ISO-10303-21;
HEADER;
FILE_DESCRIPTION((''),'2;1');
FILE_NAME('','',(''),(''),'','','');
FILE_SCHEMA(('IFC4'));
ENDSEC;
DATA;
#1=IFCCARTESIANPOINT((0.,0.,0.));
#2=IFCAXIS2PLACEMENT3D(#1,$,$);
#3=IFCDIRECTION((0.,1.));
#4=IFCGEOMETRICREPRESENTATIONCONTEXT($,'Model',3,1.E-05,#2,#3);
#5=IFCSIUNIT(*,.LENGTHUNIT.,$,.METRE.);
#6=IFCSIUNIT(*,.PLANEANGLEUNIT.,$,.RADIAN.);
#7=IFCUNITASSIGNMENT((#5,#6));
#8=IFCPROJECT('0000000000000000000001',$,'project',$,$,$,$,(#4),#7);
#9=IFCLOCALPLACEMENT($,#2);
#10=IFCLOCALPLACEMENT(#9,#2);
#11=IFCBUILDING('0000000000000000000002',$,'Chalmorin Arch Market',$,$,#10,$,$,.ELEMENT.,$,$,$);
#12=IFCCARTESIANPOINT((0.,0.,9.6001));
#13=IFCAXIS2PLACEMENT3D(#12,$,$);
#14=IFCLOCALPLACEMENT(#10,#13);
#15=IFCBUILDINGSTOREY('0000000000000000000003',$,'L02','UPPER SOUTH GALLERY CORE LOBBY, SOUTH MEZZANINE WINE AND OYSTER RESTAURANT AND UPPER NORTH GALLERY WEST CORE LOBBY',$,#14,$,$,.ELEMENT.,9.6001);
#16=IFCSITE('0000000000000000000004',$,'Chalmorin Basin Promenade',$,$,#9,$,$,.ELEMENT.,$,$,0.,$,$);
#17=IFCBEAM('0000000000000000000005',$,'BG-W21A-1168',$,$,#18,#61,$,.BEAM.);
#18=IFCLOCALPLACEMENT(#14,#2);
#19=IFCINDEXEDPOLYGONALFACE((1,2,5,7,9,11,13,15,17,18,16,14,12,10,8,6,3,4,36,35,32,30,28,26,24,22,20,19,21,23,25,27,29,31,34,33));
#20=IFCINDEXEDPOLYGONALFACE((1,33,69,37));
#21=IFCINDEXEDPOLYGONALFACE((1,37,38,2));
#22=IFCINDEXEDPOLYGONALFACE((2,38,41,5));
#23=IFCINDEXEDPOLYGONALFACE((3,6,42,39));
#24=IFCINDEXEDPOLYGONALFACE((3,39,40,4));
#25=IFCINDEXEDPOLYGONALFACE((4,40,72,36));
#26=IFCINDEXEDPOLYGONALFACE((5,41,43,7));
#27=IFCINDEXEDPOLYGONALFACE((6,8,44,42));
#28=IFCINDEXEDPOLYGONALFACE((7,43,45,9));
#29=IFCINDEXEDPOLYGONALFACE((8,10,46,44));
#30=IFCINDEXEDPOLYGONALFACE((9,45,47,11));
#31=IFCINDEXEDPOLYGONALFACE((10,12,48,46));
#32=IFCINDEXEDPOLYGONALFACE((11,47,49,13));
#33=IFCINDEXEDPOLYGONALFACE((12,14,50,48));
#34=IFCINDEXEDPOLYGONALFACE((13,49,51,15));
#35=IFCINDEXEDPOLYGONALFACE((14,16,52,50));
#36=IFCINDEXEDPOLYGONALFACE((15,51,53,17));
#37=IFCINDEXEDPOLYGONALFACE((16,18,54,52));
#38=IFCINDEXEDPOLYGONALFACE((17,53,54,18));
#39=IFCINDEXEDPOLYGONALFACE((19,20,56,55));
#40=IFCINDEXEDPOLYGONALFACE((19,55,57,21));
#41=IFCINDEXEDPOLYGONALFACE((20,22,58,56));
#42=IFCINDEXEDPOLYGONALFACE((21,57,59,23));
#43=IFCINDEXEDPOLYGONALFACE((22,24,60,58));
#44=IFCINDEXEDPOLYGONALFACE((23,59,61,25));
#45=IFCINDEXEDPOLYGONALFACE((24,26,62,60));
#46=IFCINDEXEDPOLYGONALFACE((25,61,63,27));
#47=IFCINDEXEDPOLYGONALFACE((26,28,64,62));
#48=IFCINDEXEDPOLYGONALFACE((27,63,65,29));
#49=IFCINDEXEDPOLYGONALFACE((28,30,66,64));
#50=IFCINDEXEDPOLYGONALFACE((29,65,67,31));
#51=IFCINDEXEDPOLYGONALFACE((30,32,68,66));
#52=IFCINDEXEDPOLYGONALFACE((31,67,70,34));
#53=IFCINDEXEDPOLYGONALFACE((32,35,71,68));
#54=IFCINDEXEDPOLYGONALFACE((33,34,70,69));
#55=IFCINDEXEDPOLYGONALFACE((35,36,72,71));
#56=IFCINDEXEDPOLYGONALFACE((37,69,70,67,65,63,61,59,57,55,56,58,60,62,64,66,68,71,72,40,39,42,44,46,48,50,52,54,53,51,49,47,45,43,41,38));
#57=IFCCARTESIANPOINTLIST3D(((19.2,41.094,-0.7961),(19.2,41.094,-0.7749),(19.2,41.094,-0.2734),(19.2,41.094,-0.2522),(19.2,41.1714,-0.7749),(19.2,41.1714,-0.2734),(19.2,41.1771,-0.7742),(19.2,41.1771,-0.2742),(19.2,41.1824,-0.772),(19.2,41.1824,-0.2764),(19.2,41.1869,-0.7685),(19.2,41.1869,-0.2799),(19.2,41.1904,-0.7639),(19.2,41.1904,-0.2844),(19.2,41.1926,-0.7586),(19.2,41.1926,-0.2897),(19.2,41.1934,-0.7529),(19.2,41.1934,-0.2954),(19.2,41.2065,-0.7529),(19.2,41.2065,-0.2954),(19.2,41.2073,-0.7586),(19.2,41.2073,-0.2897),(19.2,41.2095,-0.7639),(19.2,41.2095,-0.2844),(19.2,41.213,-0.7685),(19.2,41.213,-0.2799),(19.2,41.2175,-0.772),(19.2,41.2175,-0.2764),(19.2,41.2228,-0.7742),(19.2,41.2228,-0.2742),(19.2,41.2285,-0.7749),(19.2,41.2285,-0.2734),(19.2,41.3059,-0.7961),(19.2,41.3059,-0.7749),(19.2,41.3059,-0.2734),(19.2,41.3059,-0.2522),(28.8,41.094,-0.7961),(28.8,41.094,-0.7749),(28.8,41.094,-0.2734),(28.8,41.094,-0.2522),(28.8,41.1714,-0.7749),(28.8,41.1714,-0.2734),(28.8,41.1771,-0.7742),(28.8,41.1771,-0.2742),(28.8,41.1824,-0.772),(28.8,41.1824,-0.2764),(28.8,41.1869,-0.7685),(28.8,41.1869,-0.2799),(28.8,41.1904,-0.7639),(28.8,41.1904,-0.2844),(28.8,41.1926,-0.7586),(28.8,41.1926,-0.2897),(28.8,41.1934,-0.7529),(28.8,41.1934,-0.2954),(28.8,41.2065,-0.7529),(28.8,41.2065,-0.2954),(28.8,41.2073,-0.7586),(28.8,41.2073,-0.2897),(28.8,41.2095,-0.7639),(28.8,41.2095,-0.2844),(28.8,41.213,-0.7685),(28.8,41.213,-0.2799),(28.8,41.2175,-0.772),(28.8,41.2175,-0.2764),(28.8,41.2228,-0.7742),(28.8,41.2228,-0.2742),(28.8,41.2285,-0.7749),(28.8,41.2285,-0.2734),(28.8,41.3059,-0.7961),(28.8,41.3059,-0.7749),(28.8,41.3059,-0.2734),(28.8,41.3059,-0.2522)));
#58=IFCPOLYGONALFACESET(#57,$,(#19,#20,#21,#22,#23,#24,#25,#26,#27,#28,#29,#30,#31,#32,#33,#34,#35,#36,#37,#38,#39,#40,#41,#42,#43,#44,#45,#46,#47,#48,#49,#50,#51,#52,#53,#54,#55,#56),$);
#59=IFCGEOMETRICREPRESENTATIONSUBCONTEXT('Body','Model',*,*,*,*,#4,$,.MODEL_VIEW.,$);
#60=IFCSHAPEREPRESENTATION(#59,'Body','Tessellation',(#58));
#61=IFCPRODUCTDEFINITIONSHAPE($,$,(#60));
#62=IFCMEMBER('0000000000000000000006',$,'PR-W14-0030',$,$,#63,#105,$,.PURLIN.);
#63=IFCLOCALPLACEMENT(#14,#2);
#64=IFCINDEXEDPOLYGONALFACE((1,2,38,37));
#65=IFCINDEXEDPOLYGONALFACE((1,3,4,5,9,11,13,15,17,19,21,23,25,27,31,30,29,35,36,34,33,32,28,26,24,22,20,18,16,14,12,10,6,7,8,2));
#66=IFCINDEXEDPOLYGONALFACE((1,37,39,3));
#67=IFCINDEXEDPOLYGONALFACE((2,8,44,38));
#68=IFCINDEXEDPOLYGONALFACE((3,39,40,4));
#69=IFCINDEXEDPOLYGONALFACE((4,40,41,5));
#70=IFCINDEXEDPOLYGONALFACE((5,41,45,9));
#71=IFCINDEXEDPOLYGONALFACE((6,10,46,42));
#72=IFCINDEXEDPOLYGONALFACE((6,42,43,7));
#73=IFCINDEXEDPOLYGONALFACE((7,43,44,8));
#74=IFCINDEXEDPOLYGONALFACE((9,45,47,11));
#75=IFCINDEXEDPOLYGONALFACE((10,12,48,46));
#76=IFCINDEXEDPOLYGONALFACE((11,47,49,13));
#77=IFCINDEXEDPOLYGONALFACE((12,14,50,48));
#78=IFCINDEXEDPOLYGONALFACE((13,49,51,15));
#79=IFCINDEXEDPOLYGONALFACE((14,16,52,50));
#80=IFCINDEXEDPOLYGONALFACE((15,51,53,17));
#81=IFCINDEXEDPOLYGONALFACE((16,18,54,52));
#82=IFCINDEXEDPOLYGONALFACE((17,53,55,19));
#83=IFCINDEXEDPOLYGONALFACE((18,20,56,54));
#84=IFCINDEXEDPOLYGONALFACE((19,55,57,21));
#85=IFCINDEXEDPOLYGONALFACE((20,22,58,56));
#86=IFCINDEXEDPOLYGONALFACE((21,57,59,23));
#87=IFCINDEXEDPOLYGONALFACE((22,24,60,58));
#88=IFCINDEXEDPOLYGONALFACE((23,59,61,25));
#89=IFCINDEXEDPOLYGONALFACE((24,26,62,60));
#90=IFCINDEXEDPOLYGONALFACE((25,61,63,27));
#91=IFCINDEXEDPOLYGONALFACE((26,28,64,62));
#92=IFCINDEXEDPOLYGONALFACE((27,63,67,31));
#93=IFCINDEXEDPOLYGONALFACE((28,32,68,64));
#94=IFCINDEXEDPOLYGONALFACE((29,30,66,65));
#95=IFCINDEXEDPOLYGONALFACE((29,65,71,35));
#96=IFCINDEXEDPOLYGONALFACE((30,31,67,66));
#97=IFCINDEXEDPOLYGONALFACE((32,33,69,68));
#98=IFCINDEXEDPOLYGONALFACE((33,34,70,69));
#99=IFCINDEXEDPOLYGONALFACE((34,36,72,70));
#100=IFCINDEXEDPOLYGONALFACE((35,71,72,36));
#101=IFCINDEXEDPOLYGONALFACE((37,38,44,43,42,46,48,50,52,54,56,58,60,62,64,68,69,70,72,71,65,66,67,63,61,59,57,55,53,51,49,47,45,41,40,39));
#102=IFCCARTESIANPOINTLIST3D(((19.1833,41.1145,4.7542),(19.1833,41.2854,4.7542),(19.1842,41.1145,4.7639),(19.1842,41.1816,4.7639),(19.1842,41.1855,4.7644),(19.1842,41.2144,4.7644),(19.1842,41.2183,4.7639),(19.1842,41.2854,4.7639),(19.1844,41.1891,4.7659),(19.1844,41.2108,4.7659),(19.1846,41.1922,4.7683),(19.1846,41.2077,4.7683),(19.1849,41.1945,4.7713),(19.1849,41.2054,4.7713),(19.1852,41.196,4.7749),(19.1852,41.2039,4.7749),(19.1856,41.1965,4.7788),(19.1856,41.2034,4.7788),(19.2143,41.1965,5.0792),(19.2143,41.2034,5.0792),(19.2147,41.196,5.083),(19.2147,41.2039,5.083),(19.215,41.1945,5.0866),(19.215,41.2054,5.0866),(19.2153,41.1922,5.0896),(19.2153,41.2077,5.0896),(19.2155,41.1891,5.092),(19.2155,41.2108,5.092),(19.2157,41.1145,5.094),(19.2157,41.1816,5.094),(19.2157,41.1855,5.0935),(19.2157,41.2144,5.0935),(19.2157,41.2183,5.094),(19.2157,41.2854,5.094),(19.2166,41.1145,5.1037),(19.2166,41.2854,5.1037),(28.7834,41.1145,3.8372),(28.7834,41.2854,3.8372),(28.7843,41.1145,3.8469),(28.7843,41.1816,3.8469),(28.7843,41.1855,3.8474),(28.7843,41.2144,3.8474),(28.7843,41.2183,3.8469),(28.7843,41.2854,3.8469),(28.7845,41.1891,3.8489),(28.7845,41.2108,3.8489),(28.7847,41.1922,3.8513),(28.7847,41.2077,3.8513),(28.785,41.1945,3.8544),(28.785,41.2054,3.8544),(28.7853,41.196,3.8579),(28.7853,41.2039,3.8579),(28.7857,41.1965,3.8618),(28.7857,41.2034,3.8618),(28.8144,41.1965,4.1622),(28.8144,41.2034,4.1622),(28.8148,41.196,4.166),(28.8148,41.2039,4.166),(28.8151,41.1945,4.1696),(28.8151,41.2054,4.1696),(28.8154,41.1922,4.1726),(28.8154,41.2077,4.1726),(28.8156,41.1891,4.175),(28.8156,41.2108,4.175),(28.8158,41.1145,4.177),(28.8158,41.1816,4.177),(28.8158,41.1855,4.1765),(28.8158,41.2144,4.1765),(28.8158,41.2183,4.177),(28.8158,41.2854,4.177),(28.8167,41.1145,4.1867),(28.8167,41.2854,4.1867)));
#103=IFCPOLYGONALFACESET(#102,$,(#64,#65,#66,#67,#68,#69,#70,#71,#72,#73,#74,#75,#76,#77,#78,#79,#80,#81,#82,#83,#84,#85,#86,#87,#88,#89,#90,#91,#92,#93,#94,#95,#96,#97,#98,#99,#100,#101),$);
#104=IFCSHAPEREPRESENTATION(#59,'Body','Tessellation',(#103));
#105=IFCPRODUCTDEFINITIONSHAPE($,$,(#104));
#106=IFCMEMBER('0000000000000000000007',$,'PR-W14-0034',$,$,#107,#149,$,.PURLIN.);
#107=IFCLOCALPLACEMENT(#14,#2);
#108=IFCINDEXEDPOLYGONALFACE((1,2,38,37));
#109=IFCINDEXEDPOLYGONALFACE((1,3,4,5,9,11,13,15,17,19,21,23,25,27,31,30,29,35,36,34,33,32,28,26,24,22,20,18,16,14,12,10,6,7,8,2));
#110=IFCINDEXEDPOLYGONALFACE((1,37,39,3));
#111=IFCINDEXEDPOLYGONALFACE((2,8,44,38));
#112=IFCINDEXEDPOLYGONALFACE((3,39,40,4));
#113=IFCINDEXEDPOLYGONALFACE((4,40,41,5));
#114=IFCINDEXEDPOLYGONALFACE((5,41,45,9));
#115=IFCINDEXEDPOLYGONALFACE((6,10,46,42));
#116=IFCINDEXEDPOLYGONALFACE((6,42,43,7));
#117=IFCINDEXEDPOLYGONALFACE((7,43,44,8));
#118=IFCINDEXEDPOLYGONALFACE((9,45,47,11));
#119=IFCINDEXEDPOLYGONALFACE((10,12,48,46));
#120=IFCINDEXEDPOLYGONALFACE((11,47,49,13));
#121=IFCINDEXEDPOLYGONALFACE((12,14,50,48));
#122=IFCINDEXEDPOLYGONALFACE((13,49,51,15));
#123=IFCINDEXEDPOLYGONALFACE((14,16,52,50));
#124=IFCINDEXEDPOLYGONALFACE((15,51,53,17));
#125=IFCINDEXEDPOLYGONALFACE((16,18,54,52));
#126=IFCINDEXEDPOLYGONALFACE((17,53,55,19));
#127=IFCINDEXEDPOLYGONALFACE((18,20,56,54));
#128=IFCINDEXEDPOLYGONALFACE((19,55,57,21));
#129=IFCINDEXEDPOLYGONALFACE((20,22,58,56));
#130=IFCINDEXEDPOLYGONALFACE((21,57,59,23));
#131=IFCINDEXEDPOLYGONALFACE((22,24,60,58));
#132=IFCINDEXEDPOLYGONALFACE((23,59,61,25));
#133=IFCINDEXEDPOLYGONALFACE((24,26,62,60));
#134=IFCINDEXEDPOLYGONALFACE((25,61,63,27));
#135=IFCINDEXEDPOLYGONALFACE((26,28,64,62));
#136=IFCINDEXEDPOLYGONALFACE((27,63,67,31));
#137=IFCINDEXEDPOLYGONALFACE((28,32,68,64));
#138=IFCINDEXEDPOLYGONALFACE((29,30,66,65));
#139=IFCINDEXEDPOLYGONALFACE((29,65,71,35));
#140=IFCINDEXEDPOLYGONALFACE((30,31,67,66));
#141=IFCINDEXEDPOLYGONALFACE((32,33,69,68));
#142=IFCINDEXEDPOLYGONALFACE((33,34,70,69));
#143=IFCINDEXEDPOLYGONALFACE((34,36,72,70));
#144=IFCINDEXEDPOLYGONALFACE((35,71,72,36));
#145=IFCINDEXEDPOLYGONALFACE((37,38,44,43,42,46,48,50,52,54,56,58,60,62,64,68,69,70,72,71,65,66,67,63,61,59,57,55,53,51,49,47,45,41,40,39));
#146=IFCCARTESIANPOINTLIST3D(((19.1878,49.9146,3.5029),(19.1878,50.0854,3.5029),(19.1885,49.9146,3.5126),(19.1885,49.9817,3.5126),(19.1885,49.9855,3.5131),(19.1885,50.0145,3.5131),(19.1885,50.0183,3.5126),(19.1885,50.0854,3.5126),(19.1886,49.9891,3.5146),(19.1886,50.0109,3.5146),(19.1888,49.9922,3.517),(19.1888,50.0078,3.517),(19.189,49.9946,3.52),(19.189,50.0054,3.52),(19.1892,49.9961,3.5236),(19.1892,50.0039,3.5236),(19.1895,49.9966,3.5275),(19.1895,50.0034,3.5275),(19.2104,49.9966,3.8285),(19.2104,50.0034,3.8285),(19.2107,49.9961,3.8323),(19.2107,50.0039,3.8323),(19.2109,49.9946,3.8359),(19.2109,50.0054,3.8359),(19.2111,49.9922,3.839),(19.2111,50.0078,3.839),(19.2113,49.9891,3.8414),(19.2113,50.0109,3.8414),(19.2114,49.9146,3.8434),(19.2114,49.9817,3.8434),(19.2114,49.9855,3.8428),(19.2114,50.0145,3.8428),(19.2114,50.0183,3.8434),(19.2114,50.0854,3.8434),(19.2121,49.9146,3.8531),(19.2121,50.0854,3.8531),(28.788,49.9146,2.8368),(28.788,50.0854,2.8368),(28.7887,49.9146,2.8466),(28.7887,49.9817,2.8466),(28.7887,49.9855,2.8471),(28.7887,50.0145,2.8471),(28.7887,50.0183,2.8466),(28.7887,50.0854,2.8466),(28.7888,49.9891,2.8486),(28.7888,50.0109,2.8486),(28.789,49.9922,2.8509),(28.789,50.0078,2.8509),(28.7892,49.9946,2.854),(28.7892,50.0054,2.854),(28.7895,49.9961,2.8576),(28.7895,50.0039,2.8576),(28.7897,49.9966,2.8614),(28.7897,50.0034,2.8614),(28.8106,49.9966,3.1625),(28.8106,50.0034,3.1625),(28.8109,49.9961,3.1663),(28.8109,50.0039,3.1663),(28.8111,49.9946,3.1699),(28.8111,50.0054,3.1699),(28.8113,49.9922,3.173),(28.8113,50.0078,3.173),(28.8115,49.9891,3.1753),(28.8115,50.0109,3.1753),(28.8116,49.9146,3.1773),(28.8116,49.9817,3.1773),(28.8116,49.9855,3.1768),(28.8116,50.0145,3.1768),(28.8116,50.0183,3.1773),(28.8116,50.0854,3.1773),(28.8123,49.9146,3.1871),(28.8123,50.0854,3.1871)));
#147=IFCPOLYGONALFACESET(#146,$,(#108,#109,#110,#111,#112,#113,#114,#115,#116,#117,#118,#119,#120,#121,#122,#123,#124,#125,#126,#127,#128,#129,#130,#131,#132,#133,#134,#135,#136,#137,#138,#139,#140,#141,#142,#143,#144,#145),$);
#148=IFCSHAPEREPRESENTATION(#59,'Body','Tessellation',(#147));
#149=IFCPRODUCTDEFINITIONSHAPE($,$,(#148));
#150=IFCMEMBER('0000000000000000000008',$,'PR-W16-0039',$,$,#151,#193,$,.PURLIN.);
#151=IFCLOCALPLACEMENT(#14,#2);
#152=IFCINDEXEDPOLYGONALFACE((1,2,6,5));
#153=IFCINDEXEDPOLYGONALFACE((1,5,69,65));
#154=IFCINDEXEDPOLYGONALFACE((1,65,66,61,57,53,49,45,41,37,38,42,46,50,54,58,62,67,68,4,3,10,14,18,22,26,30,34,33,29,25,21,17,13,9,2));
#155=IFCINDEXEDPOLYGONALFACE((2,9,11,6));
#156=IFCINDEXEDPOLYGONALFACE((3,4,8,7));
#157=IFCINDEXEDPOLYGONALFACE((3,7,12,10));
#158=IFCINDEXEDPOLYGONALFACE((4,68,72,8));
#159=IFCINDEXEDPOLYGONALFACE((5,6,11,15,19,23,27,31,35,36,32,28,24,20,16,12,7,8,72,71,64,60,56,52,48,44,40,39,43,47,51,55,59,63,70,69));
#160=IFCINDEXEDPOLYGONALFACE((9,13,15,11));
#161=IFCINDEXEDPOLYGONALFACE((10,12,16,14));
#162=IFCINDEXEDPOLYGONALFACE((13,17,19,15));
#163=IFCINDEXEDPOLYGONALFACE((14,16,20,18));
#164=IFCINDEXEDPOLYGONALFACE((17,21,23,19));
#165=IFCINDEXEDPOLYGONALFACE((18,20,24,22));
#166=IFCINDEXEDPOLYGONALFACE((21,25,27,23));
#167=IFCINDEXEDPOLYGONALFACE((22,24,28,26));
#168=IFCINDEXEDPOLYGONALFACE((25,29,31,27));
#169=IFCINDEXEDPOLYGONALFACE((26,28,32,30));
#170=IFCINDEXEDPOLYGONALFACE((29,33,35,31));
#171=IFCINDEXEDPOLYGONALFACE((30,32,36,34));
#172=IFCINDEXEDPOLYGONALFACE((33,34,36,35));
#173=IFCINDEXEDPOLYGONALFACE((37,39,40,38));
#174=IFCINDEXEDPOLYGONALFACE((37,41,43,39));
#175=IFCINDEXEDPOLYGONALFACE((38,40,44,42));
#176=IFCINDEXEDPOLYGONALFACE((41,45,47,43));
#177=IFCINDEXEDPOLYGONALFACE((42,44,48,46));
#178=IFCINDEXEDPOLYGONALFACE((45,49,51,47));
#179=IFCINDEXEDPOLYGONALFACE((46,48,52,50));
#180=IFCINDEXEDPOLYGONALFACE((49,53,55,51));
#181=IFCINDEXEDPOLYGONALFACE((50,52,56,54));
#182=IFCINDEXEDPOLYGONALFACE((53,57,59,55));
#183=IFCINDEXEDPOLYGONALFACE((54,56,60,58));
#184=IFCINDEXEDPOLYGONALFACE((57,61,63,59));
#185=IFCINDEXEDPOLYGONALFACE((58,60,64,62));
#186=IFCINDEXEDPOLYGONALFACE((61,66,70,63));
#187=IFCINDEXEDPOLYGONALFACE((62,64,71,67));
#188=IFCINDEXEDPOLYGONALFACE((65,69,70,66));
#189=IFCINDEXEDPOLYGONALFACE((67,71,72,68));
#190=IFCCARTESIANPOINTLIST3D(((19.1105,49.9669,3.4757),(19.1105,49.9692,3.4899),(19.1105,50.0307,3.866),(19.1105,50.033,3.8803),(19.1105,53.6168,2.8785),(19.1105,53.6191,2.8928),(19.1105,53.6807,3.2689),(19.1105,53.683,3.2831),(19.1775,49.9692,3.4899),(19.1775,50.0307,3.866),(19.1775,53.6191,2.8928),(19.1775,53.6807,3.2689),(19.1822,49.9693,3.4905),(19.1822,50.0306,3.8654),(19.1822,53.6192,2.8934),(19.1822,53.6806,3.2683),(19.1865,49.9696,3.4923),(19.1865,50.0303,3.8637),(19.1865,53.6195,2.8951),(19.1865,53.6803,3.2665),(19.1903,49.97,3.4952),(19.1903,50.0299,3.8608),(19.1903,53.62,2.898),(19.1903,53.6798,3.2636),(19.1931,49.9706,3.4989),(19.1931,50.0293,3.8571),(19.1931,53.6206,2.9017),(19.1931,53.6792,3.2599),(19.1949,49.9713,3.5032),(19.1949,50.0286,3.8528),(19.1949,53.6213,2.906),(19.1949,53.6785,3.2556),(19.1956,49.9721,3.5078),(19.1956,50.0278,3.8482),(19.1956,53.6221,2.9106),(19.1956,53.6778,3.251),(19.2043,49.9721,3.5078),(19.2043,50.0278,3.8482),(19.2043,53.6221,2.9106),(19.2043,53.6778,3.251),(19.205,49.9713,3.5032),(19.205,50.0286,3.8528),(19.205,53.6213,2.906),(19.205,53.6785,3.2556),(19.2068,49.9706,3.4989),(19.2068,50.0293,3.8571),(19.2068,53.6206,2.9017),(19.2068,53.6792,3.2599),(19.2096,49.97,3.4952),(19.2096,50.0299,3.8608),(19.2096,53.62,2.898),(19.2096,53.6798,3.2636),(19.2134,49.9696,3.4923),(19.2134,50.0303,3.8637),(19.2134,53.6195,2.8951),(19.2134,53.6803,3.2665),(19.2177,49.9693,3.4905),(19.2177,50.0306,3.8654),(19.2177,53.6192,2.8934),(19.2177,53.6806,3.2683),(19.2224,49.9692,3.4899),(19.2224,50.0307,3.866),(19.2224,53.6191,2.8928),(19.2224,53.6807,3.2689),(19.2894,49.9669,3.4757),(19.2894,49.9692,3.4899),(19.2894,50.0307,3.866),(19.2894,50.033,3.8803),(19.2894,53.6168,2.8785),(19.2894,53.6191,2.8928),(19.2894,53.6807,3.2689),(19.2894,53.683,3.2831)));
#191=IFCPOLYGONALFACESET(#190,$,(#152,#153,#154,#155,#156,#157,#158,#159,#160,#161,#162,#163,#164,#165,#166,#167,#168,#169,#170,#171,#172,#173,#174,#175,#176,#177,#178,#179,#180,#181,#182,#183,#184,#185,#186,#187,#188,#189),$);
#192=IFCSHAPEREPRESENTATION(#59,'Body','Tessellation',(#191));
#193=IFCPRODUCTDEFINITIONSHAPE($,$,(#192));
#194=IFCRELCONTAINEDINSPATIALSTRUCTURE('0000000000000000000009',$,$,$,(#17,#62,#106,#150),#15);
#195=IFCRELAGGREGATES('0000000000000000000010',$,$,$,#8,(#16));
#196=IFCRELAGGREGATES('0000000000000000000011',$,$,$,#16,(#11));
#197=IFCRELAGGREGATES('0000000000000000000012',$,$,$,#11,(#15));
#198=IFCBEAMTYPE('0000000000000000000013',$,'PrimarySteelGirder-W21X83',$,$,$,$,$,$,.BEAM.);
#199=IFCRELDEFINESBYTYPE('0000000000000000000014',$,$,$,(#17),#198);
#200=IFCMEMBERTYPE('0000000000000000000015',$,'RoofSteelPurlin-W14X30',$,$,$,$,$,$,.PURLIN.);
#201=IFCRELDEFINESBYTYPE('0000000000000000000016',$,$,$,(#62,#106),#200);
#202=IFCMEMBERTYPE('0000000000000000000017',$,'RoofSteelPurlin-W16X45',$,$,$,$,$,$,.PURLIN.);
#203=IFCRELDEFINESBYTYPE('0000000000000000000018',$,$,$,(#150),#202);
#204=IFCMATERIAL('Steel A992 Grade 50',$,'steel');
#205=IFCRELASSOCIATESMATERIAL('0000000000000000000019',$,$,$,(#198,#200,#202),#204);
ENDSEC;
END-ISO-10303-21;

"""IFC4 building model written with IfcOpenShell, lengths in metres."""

from ifc_helpers import new_model, si_unit, direction, frame, origin, origin_2d, place, context, subcontext, project, spatial, i_section, extrude, material, material_profile, profile_set, type_object, element, save


model = new_model("IFC4")

# Units and contexts
model_context = context("Model", 3, precision=1e-05, world=origin(), true_north=direction((0.0, 1.0)))
body_context = subcontext(model_context, "Body", "Model", "MODEL_VIEW")
ifc_project = project(units=[si_unit("LENGTHUNIT", "METRE"), si_unit("PLANEANGLEUNIT", "RADIAN")], contexts=[model_context])

# Site, building, storey
site_placement = place(None, origin())
site = spatial("IfcSite", under=ifc_project, at=site_placement, Name="Chalmorin Basin Promenade", CompositionType="ELEMENT", RefElevation=0.0)
building_placement = place(site_placement, origin())
building = spatial("IfcBuilding", under=site, at=building_placement, Name="Chalmorin Arch Market", CompositionType="ELEMENT")
storey_placement = place(building_placement, frame((0.0, 0.0, 9.6001)))
storey = spatial("IfcBuildingStorey", under=building, at=storey_placement, Name="L02", Description="UPPER SOUTH GALLERY CORE LOBBY, SOUTH MEZZANINE WINE AND OYSTER RESTAURANT AND UPPER NORTH GALLERY WEST CORE LOBBY", CompositionType="ELEMENT", Elevation=9.6001)

# Shared definitions
ifc_material_1 = material(Name="Steel A992 Grade 50", Category="steel")

# Beam
ifc_material_profile_1 = material_profile(ifc_material_1, i_section(OverallWidth=0.2119, OverallDepth=0.5439, WebThickness=0.0132, FlangeThickness=0.0212, FilletRadius=0.022, at=origin_2d()), Name="W21X83")
ifc_profile_set_1 = profile_set([ifc_material_profile_1], Name="Steel A992 Grade 50")
beam_type_1 = type_object("IfcBeamType", Name="PrimarySteelGirder-W21X83", PredefinedType="BEAM", material=ifc_profile_set_1)
beam_1_placement = place(storey_placement, frame((19.2, 41.2, -0.5242), z_axis=(1.0, 0.0, 0.0), x_axis=(0.0, 1.0, 0.0)))
element("IfcBeam", 1, at=beam_1_placement, inside=storey, type_object=beam_type_1, Name="BG-W21A-1168", PredefinedType="BEAM", context=body_context, shape_type="SweptSolid", body=[
    extrude(i_section(OverallWidth=0.2119, OverallDepth=0.5439, WebThickness=0.0132, FlangeThickness=0.0212, FilletRadius=0.022, at=origin_2d()), origin(), (0.0, 0.0, 1.0), 9.6001),
])

# Members
ifc_material_profile_2 = material_profile(ifc_material_1, i_section(OverallWidth=0.1709, OverallDepth=0.3511, WebThickness=0.0068, FlangeThickness=0.0098, FilletRadius=0.0149, at=origin_2d()), Name="W14X30")
ifc_profile_set_2 = profile_set([ifc_material_profile_2], Name="Steel A992 Grade 50")
member_type_1 = type_object("IfcMemberType", Name="RoofSteelPurlin-W14X30", PredefinedType="PURLIN", material=ifc_profile_set_2)
member_1_placement = place(storey_placement, frame((19.2, 41.2, 4.929), z_axis=(0.995469, 0.0, -0.095086), x_axis=(0.0, 1.0, 0.0)))
element("IfcMember", 2, at=member_1_placement, inside=storey, type_object=member_type_1, Name="PR-W14-0030", PredefinedType="PURLIN", context=body_context, shape_type="SweptSolid", body=[
    extrude(i_section(OverallWidth=0.1709, OverallDepth=0.3511, WebThickness=0.0068, FlangeThickness=0.0098, FilletRadius=0.0149, at=origin_2d()), origin(), (0.0, 0.0, 1.0), 9.6438),
])
member_2_placement = place(storey_placement, frame((19.2, 50.0, 3.678), z_axis=(0.997602, 0.0, -0.06921), x_axis=(0.0, 1.0, 0.0)))
element("IfcMember", 3, at=member_2_placement, inside=storey, type_object=member_type_1, Name="PR-W14-0034", PredefinedType="PURLIN", context=body_context, shape_type="SweptSolid", body=[
    extrude(i_section(OverallWidth=0.1709, OverallDepth=0.3511, WebThickness=0.0068, FlangeThickness=0.0098, FilletRadius=0.0149, at=origin_2d()), origin(), (0.0, 0.0, 1.0), 9.6233),
])
ifc_material_profile_3 = material_profile(ifc_material_1, i_section(OverallWidth=0.179, OverallDepth=0.4099, WebThickness=0.0088, FlangeThickness=0.0144, FilletRadius=0.0181, at=origin_2d()), Name="W16X45")
ifc_profile_set_3 = profile_set([ifc_material_profile_3], Name="Steel A992 Grade 50")
member_type_2 = type_object("IfcMemberType", Name="RoofSteelPurlin-W16X45", PredefinedType="PURLIN", material=ifc_profile_set_3)
member_3_placement = place(storey_placement, frame((19.2, 53.6499, 3.0808), z_axis=(0.0, -0.986878, 0.161465), x_axis=(1.0, 0.0, 0.0)))
element("IfcMember", 4, at=member_3_placement, inside=storey, type_object=member_type_2, Name="PR-W16-0039", PredefinedType="PURLIN", context=body_context, shape_type="SweptSolid", body=[
    extrude(i_section(OverallWidth=0.179, OverallDepth=0.4099, WebThickness=0.0088, FlangeThickness=0.0144, FilletRadius=0.0181, at=origin_2d()), origin(), (0.0, 0.0, 1.0), 3.6985),
])

save(model, "model.ifc")
